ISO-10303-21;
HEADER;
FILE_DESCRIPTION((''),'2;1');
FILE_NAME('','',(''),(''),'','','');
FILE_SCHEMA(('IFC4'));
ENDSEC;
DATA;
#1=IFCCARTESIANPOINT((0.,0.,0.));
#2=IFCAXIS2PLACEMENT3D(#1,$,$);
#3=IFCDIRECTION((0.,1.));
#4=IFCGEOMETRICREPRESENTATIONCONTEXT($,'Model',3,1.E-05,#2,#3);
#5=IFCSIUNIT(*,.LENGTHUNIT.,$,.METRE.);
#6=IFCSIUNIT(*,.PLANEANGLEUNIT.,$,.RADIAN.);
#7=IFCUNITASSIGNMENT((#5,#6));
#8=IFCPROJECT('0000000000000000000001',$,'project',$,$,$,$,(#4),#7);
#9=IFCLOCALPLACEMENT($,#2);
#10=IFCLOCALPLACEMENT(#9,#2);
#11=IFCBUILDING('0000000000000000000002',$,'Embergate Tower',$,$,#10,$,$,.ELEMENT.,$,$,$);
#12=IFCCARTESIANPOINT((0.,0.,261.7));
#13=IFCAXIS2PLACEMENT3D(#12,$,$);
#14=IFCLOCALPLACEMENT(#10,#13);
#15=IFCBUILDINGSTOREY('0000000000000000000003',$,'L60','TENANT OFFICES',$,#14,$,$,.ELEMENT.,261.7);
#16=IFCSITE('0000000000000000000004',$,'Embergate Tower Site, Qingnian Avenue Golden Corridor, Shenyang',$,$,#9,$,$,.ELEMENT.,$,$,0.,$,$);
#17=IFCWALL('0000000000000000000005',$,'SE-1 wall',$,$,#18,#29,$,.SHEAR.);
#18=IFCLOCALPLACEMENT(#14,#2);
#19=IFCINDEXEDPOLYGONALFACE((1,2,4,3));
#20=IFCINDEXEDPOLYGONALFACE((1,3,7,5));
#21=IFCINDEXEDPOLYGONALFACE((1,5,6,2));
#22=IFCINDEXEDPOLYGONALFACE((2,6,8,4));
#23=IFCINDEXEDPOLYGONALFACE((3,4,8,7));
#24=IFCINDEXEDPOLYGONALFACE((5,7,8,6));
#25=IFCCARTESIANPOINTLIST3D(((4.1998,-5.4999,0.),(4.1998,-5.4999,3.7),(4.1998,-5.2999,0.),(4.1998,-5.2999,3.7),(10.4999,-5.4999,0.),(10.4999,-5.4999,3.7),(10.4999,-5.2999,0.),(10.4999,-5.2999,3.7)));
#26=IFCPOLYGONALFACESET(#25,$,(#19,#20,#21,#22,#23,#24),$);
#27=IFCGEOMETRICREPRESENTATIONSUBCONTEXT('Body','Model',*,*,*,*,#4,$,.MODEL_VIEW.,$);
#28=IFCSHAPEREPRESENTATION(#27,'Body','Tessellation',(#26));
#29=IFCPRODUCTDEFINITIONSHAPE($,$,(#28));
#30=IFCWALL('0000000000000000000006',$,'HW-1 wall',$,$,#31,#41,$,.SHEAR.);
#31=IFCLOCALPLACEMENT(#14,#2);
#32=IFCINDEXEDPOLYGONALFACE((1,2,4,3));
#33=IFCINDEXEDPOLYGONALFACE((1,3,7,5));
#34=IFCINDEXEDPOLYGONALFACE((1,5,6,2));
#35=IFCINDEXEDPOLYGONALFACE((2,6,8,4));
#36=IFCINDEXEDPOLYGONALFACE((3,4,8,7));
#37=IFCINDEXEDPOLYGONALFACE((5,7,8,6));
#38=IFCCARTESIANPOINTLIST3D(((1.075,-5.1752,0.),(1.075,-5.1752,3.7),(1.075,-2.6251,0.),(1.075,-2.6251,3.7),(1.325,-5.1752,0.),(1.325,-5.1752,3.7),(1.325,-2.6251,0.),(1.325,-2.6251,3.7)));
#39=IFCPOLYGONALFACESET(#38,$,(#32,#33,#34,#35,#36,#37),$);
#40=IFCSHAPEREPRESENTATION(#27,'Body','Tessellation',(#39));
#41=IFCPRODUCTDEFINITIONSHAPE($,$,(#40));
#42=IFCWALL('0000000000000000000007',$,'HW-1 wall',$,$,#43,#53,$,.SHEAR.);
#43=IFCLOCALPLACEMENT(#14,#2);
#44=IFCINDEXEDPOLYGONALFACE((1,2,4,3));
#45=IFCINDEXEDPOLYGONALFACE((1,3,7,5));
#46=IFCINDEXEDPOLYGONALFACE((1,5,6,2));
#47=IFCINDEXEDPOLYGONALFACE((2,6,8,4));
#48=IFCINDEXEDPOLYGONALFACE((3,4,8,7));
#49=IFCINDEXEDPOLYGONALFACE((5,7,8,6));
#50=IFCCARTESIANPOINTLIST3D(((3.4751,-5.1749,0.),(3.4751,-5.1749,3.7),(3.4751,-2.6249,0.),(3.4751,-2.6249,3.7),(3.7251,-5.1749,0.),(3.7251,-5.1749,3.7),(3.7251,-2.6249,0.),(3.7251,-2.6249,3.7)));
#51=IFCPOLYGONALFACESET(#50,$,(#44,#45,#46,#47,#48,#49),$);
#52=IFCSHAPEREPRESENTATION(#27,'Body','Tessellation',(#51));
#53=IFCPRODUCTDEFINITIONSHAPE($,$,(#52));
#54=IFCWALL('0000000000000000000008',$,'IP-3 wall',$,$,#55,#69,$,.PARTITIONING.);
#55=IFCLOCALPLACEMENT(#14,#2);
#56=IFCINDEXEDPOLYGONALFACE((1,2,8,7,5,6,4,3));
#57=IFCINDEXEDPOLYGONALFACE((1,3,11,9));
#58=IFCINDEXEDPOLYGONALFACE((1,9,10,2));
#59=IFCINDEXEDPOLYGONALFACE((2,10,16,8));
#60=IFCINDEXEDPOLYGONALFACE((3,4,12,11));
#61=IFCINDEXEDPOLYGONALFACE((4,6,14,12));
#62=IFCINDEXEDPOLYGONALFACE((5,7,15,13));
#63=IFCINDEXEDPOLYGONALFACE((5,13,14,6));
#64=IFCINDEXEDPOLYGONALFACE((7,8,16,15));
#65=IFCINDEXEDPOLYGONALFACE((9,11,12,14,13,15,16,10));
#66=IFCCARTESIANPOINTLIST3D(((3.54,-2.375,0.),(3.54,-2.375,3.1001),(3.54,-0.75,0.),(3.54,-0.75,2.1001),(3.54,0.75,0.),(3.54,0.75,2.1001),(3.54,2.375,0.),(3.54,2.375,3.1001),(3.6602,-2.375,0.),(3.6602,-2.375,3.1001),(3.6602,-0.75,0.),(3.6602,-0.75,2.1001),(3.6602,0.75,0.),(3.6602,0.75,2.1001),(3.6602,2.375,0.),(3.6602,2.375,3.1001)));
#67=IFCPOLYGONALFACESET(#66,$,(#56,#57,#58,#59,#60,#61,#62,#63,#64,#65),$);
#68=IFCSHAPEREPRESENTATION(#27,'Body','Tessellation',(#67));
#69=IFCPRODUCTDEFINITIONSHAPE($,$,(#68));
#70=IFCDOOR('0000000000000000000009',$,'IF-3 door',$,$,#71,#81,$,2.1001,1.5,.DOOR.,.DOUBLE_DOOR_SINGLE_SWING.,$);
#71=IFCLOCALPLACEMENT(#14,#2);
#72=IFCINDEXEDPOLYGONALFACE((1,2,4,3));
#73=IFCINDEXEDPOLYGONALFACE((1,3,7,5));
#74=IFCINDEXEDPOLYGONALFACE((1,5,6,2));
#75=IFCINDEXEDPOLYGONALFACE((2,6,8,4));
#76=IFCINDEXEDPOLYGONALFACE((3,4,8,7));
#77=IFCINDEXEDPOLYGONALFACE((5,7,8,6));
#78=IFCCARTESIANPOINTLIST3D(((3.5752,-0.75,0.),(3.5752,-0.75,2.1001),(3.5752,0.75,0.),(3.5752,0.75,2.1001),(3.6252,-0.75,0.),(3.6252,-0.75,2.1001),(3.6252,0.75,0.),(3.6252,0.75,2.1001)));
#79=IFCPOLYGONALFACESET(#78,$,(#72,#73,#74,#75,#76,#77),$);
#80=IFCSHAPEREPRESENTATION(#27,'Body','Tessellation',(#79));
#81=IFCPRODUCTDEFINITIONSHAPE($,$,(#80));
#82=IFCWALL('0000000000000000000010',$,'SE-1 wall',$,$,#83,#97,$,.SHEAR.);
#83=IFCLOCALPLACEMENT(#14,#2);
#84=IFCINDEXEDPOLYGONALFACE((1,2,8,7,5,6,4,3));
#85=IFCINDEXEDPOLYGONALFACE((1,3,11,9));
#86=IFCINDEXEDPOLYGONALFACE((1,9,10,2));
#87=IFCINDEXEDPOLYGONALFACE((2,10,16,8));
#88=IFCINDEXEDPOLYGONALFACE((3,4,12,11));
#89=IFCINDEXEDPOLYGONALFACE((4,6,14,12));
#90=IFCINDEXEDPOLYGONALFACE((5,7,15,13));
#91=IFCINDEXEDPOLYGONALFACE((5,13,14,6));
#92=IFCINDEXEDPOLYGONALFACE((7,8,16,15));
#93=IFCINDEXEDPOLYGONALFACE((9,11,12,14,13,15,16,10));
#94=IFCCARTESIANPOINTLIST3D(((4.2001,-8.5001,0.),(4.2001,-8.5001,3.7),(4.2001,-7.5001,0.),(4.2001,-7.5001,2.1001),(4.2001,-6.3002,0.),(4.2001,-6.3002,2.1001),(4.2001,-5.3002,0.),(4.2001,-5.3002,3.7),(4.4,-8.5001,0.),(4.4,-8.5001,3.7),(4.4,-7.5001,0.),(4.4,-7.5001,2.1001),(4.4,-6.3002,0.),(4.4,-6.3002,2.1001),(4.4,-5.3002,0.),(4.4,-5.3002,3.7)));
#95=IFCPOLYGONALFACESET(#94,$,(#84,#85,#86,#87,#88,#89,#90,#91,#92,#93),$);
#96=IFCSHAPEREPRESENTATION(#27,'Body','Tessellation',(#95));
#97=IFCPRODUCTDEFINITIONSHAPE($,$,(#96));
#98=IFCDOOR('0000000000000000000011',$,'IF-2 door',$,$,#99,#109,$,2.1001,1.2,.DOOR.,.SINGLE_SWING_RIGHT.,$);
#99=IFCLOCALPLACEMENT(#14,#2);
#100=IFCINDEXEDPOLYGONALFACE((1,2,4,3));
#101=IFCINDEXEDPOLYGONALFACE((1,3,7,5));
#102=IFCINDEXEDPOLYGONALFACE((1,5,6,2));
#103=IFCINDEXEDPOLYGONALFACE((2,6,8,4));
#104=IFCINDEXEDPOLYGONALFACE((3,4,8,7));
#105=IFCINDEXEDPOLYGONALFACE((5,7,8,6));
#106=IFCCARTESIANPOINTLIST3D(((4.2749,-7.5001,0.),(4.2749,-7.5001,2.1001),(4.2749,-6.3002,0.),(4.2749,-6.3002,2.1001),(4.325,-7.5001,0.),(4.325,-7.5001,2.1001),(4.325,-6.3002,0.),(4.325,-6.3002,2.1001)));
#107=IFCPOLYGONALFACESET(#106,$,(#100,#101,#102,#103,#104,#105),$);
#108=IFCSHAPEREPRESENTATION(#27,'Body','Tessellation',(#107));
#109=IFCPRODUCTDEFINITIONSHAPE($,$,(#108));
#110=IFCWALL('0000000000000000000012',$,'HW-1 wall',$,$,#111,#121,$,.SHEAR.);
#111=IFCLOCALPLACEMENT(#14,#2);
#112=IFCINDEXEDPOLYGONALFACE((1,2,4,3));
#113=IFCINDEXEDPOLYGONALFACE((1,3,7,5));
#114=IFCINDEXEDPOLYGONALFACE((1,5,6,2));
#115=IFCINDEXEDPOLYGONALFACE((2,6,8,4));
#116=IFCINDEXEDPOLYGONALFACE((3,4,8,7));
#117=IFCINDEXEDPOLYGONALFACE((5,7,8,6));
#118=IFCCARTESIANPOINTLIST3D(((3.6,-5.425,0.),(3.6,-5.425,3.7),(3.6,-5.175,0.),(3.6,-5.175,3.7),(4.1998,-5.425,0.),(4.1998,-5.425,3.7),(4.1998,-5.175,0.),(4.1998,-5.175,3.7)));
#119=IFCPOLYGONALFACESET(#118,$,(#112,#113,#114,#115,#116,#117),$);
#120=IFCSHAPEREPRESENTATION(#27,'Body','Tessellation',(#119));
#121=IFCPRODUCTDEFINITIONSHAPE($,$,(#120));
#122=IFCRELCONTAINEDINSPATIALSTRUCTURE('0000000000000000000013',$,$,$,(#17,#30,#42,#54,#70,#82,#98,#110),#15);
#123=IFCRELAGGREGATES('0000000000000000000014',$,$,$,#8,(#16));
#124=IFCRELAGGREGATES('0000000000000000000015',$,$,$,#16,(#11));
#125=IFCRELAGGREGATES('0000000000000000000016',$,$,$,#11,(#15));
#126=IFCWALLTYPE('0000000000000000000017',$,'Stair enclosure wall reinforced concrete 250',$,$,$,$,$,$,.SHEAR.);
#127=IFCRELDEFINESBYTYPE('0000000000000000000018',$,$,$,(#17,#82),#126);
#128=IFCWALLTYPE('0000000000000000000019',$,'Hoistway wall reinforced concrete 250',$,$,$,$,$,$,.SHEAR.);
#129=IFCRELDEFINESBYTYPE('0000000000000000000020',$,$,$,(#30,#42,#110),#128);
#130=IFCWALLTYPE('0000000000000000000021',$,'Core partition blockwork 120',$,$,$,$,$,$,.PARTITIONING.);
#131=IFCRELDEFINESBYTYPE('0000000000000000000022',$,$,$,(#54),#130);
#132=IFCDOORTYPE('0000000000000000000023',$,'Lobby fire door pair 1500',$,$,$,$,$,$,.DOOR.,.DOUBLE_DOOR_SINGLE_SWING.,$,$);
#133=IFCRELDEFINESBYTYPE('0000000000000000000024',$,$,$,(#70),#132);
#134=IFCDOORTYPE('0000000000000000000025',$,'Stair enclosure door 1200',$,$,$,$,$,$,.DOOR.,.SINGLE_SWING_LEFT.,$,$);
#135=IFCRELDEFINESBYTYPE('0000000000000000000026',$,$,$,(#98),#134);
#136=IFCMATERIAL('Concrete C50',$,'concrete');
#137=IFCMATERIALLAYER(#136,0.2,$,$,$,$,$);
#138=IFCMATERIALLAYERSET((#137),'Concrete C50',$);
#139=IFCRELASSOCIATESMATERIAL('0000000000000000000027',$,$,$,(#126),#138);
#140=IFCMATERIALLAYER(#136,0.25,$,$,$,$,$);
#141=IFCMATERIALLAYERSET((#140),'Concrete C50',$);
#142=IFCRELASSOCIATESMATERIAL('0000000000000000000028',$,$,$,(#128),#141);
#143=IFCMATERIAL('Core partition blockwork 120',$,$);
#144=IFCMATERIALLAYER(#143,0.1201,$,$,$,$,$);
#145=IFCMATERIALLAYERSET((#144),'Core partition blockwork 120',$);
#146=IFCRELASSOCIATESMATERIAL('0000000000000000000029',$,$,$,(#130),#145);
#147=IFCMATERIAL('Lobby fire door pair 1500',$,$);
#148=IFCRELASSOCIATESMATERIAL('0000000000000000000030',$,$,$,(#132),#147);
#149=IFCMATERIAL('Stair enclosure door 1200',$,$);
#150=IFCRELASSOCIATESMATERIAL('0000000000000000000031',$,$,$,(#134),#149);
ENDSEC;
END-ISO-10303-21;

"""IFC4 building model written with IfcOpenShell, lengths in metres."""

from ifc_helpers import new_model, si_unit, direction, frame, frame_2d, origin, place, context, subcontext, project, spatial, rectangle, extrude, source, transform, mapped, material, layer, layer_set, type_object, element, fill, save


model = new_model("IFC4")

# Units and contexts
model_context = context("Model", 3, precision=1e-05, world=origin(), true_north=direction((0.0, 1.0)))
body_context = subcontext(model_context, "Body", "Model", "MODEL_VIEW")
ifc_project = project(units=[si_unit("LENGTHUNIT", "METRE"), si_unit("PLANEANGLEUNIT", "RADIAN")], contexts=[model_context])

# Site, building, storey
site_placement = place(None, origin())
site = spatial("IfcSite", under=ifc_project, at=site_placement, Name="Embergate Tower Site, Qingnian Avenue Golden Corridor, Shenyang", CompositionType="ELEMENT", RefElevation=0.0)
building_placement = place(site_placement, origin())
building = spatial("IfcBuilding", under=site, at=building_placement, Name="Embergate Tower", CompositionType="ELEMENT")
storey_placement = place(building_placement, frame((0.0, 0.0, 261.7)))
storey = spatial("IfcBuildingStorey", under=building, at=storey_placement, Name="L60", Description="TENANT OFFICES", CompositionType="ELEMENT", Elevation=261.7)

# Walls
ifc_material_1 = material(Name="Concrete C50", Category="concrete")
ifc_layer_1 = layer(ifc_material_1, 0.2)
ifc_layer_set_1 = layer_set([ifc_layer_1], Name="Concrete C50")
wall_type_1 = type_object("IfcWallType", Name="Stair enclosure wall reinforced concrete 250", PredefinedType="SHEAR", material=ifc_layer_set_1)
shared_shape_1 = source(origin(), body_context, "Body", "SweptSolid", [
    extrude(rectangle(XDim=6.3, YDim=0.2, at=frame_2d((3.1499, 0.0))), origin(), (0.0, 0.0, 1.0), 3.7),
])
wall_1_placement = place(storey_placement, frame((4.2, -5.3999, 0.0), z_axis=(0.0, 0.0, 1.0), x_axis=(1.0, 0.0, 0.0)))
element("IfcWall", 1, at=wall_1_placement, inside=storey, type_object=wall_type_1, Name="SE-1 wall", PredefinedType="SHEAR", context=body_context, shape_type="MappedRepresentation", body=[
    mapped(shared_shape_1, transform((0.0, 0.0, 0.0))),
])
ifc_layer_2 = layer(ifc_material_1, 0.25)
ifc_layer_set_2 = layer_set([ifc_layer_2], Name="Concrete C50")
wall_type_2 = type_object("IfcWallType", Name="Hoistway wall reinforced concrete 250", PredefinedType="SHEAR", material=ifc_layer_set_2)
shared_shape_2 = source(origin(), body_context, "Body", "SweptSolid", [
    extrude(rectangle(XDim=2.55, YDim=0.25, at=frame_2d((1.2749, 0.0))), origin(), (0.0, 0.0, 1.0), 3.7),
])
for number, where, z_axis, x_axis, name in (
    (2, (1.2, -5.175, 0.0), (0.0, 0.0, 1.0), (0.0, 1.0, 0.0), "HW-1 wall"),
    (3, (3.6001, -2.625, 0.0), (0.0, 0.0, 1.0), (0.0, -1.0, 0.0), "HW-1 wall"),
):
    element("IfcWall", number, at=place(storey_placement, frame(where, z_axis=z_axis, x_axis=x_axis)), inside=storey, type_object=wall_type_2, Name=name, PredefinedType="SHEAR", context=body_context, shape_type="MappedRepresentation", body=[
        mapped(shared_shape_2, transform((0.0, 0.0, 0.0))),
    ])

# Walls, openings, doors
ifc_material_2 = material(Name="Core partition blockwork 120")
ifc_layer_3 = layer(ifc_material_2, 0.1201)
ifc_layer_set_3 = layer_set([ifc_layer_3], Name="Core partition blockwork 120")
wall_type_3 = type_object("IfcWallType", Name="Core partition blockwork 120", PredefinedType="PARTITIONING", material=ifc_layer_set_3)
shared_shape_3 = source(origin(), body_context, "Body", "SweptSolid", [
    extrude(rectangle(XDim=4.75, YDim=0.1201, at=frame_2d((2.375, 0.0))), origin(), (0.0, 0.0, 1.0), 3.1001),
])
wall_2_placement = place(storey_placement, frame((3.6001, -2.375, 0.0), z_axis=(0.0, 0.0, 1.0), x_axis=(0.0, 1.0, 0.0)))
wall_2 = element("IfcWall", 4, at=wall_2_placement, inside=storey, type_object=wall_type_3, Name="IP-3 wall", PredefinedType="PARTITIONING", context=body_context, shape_type="MappedRepresentation", body=[
    mapped(shared_shape_3, transform((0.0, 0.0, 0.0))),
])
shared_shape_4 = source(origin(), body_context, "Body", "SweptSolid", [
    extrude(rectangle(XDim=1.5, YDim=2.1001, at=frame_2d((0.75, 1.05))), frame((0.0, 0.0701, 0.0), z_axis=(0.0, -1.0, 0.0), x_axis=(1.0, 0.0, 0.0)), (0.0, 0.0, 1.0), 0.1401),
])
opening_1_placement = place(wall_2_placement, frame((1.625, 0.0, 0.0)))
opening_1 = element("IfcOpeningElement", 5, at=opening_1_placement, cuts=wall_2, PredefinedType="OPENING", context=body_context, shape_type="MappedRepresentation", body=[
    mapped(shared_shape_4, transform((0.0, 0.0, 0.0))),
])
ifc_material_3 = material(Name="Lobby fire door pair 1500")
door_type_1 = type_object("IfcDoorType", Name="Lobby fire door pair 1500", OperationType="DOUBLE_DOOR_SINGLE_SWING", PredefinedType="DOOR", material=ifc_material_3)
shared_shape_5 = source(origin(), body_context, "Body", "SweptSolid", [
    extrude(rectangle(XDim=1.5, YDim=2.1001, at=frame_2d((0.75, 1.05))), frame((0.0, 0.0249, 0.0), z_axis=(0.0, -1.0, 0.0), x_axis=(1.0, 0.0, 0.0)), (0.0, 0.0, 1.0), 0.05),
])
door_1_placement = place(opening_1_placement, origin())
door_1 = element("IfcDoor", 6, at=door_1_placement, inside=storey, type_object=door_type_1, Name="IF-3 door", OperationType="DOUBLE_DOOR_SINGLE_SWING", OverallHeight=2.1001, OverallWidth=1.5, PredefinedType="DOOR", context=body_context, shape_type="MappedRepresentation", body=[
    mapped(shared_shape_5, transform((0.0, 0.0, 0.0))),
])
fill(opening_1, door_1)
shared_shape_6 = source(origin(), body_context, "Body", "SweptSolid", [
    extrude(rectangle(XDim=3.2, YDim=0.2, at=frame_2d((1.6001, 0.0))), origin(), (0.0, 0.0, 1.0), 3.7),
])
wall_3_placement = place(storey_placement, frame((4.3, -5.3, 0.0), z_axis=(0.0, 0.0, 1.0), x_axis=(0.0, -1.0, 0.0)))
wall_3 = element("IfcWall", 7, at=wall_3_placement, inside=storey, type_object=wall_type_1, Name="SE-1 wall", PredefinedType="SHEAR", context=body_context, shape_type="MappedRepresentation", body=[
    mapped(shared_shape_6, transform((0.0, 0.0, 0.0))),
])
shared_shape_7 = source(origin(), body_context, "Body", "SweptSolid", [
    extrude(rectangle(XDim=1.2, YDim=2.1001, at=frame_2d((0.6001, 1.05))), frame((0.0, 0.1099, 0.0), z_axis=(0.0, -1.0, 0.0), x_axis=(1.0, 0.0, 0.0)), (0.0, 0.0, 1.0), 0.22),
])
opening_2_placement = place(wall_3_placement, frame((1.0, 0.0, 0.0)))
opening_2 = element("IfcOpeningElement", 8, at=opening_2_placement, cuts=wall_3, PredefinedType="OPENING", context=body_context, shape_type="MappedRepresentation", body=[
    mapped(shared_shape_7, transform((0.0, 0.0, 0.0))),
])
ifc_material_4 = material(Name="Stair enclosure door 1200")
door_type_2 = type_object("IfcDoorType", Name="Stair enclosure door 1200", OperationType="SINGLE_SWING_LEFT", PredefinedType="DOOR", material=ifc_material_4)
shared_shape_8 = source(origin(), body_context, "Body", "SweptSolid", [
    extrude(rectangle(XDim=1.2, YDim=2.1001, at=frame_2d((0.6001, 1.05))), frame((0.0, 0.0249, 0.0), z_axis=(0.0, -1.0, 0.0), x_axis=(1.0, 0.0, 0.0)), (0.0, 0.0, 1.0), 0.05),
])
door_2_placement = place(opening_2_placement, origin())
door_2 = element("IfcDoor", 9, at=door_2_placement, inside=storey, type_object=door_type_2, Name="IF-2 door", OperationType="SINGLE_SWING_RIGHT", OverallHeight=2.1001, OverallWidth=1.2, PredefinedType="DOOR", context=body_context, shape_type="MappedRepresentation", body=[
    mapped(shared_shape_8, transform((0.0, 0.0, 0.0))),
])
fill(opening_2, door_2)

# Wall
shared_shape_9 = source(origin(), body_context, "Body", "SweptSolid", [
    extrude(rectangle(XDim=0.5999, YDim=0.25, at=frame_2d((0.2998, 0.0))), origin(), (0.0, 0.0, 1.0), 3.7),
])
wall_4_placement = place(storey_placement, frame((3.6001, -5.3, 0.0), z_axis=(0.0, 0.0, 1.0), x_axis=(1.0, 0.0, 0.0)))
element("IfcWall", 10, at=wall_4_placement, inside=storey, type_object=wall_type_2, Name="HW-1 wall", PredefinedType="SHEAR", context=body_context, shape_type="MappedRepresentation", body=[
    mapped(shared_shape_9, transform((0.0, 0.0, 0.0))),
])

save(model, "model.ifc")
